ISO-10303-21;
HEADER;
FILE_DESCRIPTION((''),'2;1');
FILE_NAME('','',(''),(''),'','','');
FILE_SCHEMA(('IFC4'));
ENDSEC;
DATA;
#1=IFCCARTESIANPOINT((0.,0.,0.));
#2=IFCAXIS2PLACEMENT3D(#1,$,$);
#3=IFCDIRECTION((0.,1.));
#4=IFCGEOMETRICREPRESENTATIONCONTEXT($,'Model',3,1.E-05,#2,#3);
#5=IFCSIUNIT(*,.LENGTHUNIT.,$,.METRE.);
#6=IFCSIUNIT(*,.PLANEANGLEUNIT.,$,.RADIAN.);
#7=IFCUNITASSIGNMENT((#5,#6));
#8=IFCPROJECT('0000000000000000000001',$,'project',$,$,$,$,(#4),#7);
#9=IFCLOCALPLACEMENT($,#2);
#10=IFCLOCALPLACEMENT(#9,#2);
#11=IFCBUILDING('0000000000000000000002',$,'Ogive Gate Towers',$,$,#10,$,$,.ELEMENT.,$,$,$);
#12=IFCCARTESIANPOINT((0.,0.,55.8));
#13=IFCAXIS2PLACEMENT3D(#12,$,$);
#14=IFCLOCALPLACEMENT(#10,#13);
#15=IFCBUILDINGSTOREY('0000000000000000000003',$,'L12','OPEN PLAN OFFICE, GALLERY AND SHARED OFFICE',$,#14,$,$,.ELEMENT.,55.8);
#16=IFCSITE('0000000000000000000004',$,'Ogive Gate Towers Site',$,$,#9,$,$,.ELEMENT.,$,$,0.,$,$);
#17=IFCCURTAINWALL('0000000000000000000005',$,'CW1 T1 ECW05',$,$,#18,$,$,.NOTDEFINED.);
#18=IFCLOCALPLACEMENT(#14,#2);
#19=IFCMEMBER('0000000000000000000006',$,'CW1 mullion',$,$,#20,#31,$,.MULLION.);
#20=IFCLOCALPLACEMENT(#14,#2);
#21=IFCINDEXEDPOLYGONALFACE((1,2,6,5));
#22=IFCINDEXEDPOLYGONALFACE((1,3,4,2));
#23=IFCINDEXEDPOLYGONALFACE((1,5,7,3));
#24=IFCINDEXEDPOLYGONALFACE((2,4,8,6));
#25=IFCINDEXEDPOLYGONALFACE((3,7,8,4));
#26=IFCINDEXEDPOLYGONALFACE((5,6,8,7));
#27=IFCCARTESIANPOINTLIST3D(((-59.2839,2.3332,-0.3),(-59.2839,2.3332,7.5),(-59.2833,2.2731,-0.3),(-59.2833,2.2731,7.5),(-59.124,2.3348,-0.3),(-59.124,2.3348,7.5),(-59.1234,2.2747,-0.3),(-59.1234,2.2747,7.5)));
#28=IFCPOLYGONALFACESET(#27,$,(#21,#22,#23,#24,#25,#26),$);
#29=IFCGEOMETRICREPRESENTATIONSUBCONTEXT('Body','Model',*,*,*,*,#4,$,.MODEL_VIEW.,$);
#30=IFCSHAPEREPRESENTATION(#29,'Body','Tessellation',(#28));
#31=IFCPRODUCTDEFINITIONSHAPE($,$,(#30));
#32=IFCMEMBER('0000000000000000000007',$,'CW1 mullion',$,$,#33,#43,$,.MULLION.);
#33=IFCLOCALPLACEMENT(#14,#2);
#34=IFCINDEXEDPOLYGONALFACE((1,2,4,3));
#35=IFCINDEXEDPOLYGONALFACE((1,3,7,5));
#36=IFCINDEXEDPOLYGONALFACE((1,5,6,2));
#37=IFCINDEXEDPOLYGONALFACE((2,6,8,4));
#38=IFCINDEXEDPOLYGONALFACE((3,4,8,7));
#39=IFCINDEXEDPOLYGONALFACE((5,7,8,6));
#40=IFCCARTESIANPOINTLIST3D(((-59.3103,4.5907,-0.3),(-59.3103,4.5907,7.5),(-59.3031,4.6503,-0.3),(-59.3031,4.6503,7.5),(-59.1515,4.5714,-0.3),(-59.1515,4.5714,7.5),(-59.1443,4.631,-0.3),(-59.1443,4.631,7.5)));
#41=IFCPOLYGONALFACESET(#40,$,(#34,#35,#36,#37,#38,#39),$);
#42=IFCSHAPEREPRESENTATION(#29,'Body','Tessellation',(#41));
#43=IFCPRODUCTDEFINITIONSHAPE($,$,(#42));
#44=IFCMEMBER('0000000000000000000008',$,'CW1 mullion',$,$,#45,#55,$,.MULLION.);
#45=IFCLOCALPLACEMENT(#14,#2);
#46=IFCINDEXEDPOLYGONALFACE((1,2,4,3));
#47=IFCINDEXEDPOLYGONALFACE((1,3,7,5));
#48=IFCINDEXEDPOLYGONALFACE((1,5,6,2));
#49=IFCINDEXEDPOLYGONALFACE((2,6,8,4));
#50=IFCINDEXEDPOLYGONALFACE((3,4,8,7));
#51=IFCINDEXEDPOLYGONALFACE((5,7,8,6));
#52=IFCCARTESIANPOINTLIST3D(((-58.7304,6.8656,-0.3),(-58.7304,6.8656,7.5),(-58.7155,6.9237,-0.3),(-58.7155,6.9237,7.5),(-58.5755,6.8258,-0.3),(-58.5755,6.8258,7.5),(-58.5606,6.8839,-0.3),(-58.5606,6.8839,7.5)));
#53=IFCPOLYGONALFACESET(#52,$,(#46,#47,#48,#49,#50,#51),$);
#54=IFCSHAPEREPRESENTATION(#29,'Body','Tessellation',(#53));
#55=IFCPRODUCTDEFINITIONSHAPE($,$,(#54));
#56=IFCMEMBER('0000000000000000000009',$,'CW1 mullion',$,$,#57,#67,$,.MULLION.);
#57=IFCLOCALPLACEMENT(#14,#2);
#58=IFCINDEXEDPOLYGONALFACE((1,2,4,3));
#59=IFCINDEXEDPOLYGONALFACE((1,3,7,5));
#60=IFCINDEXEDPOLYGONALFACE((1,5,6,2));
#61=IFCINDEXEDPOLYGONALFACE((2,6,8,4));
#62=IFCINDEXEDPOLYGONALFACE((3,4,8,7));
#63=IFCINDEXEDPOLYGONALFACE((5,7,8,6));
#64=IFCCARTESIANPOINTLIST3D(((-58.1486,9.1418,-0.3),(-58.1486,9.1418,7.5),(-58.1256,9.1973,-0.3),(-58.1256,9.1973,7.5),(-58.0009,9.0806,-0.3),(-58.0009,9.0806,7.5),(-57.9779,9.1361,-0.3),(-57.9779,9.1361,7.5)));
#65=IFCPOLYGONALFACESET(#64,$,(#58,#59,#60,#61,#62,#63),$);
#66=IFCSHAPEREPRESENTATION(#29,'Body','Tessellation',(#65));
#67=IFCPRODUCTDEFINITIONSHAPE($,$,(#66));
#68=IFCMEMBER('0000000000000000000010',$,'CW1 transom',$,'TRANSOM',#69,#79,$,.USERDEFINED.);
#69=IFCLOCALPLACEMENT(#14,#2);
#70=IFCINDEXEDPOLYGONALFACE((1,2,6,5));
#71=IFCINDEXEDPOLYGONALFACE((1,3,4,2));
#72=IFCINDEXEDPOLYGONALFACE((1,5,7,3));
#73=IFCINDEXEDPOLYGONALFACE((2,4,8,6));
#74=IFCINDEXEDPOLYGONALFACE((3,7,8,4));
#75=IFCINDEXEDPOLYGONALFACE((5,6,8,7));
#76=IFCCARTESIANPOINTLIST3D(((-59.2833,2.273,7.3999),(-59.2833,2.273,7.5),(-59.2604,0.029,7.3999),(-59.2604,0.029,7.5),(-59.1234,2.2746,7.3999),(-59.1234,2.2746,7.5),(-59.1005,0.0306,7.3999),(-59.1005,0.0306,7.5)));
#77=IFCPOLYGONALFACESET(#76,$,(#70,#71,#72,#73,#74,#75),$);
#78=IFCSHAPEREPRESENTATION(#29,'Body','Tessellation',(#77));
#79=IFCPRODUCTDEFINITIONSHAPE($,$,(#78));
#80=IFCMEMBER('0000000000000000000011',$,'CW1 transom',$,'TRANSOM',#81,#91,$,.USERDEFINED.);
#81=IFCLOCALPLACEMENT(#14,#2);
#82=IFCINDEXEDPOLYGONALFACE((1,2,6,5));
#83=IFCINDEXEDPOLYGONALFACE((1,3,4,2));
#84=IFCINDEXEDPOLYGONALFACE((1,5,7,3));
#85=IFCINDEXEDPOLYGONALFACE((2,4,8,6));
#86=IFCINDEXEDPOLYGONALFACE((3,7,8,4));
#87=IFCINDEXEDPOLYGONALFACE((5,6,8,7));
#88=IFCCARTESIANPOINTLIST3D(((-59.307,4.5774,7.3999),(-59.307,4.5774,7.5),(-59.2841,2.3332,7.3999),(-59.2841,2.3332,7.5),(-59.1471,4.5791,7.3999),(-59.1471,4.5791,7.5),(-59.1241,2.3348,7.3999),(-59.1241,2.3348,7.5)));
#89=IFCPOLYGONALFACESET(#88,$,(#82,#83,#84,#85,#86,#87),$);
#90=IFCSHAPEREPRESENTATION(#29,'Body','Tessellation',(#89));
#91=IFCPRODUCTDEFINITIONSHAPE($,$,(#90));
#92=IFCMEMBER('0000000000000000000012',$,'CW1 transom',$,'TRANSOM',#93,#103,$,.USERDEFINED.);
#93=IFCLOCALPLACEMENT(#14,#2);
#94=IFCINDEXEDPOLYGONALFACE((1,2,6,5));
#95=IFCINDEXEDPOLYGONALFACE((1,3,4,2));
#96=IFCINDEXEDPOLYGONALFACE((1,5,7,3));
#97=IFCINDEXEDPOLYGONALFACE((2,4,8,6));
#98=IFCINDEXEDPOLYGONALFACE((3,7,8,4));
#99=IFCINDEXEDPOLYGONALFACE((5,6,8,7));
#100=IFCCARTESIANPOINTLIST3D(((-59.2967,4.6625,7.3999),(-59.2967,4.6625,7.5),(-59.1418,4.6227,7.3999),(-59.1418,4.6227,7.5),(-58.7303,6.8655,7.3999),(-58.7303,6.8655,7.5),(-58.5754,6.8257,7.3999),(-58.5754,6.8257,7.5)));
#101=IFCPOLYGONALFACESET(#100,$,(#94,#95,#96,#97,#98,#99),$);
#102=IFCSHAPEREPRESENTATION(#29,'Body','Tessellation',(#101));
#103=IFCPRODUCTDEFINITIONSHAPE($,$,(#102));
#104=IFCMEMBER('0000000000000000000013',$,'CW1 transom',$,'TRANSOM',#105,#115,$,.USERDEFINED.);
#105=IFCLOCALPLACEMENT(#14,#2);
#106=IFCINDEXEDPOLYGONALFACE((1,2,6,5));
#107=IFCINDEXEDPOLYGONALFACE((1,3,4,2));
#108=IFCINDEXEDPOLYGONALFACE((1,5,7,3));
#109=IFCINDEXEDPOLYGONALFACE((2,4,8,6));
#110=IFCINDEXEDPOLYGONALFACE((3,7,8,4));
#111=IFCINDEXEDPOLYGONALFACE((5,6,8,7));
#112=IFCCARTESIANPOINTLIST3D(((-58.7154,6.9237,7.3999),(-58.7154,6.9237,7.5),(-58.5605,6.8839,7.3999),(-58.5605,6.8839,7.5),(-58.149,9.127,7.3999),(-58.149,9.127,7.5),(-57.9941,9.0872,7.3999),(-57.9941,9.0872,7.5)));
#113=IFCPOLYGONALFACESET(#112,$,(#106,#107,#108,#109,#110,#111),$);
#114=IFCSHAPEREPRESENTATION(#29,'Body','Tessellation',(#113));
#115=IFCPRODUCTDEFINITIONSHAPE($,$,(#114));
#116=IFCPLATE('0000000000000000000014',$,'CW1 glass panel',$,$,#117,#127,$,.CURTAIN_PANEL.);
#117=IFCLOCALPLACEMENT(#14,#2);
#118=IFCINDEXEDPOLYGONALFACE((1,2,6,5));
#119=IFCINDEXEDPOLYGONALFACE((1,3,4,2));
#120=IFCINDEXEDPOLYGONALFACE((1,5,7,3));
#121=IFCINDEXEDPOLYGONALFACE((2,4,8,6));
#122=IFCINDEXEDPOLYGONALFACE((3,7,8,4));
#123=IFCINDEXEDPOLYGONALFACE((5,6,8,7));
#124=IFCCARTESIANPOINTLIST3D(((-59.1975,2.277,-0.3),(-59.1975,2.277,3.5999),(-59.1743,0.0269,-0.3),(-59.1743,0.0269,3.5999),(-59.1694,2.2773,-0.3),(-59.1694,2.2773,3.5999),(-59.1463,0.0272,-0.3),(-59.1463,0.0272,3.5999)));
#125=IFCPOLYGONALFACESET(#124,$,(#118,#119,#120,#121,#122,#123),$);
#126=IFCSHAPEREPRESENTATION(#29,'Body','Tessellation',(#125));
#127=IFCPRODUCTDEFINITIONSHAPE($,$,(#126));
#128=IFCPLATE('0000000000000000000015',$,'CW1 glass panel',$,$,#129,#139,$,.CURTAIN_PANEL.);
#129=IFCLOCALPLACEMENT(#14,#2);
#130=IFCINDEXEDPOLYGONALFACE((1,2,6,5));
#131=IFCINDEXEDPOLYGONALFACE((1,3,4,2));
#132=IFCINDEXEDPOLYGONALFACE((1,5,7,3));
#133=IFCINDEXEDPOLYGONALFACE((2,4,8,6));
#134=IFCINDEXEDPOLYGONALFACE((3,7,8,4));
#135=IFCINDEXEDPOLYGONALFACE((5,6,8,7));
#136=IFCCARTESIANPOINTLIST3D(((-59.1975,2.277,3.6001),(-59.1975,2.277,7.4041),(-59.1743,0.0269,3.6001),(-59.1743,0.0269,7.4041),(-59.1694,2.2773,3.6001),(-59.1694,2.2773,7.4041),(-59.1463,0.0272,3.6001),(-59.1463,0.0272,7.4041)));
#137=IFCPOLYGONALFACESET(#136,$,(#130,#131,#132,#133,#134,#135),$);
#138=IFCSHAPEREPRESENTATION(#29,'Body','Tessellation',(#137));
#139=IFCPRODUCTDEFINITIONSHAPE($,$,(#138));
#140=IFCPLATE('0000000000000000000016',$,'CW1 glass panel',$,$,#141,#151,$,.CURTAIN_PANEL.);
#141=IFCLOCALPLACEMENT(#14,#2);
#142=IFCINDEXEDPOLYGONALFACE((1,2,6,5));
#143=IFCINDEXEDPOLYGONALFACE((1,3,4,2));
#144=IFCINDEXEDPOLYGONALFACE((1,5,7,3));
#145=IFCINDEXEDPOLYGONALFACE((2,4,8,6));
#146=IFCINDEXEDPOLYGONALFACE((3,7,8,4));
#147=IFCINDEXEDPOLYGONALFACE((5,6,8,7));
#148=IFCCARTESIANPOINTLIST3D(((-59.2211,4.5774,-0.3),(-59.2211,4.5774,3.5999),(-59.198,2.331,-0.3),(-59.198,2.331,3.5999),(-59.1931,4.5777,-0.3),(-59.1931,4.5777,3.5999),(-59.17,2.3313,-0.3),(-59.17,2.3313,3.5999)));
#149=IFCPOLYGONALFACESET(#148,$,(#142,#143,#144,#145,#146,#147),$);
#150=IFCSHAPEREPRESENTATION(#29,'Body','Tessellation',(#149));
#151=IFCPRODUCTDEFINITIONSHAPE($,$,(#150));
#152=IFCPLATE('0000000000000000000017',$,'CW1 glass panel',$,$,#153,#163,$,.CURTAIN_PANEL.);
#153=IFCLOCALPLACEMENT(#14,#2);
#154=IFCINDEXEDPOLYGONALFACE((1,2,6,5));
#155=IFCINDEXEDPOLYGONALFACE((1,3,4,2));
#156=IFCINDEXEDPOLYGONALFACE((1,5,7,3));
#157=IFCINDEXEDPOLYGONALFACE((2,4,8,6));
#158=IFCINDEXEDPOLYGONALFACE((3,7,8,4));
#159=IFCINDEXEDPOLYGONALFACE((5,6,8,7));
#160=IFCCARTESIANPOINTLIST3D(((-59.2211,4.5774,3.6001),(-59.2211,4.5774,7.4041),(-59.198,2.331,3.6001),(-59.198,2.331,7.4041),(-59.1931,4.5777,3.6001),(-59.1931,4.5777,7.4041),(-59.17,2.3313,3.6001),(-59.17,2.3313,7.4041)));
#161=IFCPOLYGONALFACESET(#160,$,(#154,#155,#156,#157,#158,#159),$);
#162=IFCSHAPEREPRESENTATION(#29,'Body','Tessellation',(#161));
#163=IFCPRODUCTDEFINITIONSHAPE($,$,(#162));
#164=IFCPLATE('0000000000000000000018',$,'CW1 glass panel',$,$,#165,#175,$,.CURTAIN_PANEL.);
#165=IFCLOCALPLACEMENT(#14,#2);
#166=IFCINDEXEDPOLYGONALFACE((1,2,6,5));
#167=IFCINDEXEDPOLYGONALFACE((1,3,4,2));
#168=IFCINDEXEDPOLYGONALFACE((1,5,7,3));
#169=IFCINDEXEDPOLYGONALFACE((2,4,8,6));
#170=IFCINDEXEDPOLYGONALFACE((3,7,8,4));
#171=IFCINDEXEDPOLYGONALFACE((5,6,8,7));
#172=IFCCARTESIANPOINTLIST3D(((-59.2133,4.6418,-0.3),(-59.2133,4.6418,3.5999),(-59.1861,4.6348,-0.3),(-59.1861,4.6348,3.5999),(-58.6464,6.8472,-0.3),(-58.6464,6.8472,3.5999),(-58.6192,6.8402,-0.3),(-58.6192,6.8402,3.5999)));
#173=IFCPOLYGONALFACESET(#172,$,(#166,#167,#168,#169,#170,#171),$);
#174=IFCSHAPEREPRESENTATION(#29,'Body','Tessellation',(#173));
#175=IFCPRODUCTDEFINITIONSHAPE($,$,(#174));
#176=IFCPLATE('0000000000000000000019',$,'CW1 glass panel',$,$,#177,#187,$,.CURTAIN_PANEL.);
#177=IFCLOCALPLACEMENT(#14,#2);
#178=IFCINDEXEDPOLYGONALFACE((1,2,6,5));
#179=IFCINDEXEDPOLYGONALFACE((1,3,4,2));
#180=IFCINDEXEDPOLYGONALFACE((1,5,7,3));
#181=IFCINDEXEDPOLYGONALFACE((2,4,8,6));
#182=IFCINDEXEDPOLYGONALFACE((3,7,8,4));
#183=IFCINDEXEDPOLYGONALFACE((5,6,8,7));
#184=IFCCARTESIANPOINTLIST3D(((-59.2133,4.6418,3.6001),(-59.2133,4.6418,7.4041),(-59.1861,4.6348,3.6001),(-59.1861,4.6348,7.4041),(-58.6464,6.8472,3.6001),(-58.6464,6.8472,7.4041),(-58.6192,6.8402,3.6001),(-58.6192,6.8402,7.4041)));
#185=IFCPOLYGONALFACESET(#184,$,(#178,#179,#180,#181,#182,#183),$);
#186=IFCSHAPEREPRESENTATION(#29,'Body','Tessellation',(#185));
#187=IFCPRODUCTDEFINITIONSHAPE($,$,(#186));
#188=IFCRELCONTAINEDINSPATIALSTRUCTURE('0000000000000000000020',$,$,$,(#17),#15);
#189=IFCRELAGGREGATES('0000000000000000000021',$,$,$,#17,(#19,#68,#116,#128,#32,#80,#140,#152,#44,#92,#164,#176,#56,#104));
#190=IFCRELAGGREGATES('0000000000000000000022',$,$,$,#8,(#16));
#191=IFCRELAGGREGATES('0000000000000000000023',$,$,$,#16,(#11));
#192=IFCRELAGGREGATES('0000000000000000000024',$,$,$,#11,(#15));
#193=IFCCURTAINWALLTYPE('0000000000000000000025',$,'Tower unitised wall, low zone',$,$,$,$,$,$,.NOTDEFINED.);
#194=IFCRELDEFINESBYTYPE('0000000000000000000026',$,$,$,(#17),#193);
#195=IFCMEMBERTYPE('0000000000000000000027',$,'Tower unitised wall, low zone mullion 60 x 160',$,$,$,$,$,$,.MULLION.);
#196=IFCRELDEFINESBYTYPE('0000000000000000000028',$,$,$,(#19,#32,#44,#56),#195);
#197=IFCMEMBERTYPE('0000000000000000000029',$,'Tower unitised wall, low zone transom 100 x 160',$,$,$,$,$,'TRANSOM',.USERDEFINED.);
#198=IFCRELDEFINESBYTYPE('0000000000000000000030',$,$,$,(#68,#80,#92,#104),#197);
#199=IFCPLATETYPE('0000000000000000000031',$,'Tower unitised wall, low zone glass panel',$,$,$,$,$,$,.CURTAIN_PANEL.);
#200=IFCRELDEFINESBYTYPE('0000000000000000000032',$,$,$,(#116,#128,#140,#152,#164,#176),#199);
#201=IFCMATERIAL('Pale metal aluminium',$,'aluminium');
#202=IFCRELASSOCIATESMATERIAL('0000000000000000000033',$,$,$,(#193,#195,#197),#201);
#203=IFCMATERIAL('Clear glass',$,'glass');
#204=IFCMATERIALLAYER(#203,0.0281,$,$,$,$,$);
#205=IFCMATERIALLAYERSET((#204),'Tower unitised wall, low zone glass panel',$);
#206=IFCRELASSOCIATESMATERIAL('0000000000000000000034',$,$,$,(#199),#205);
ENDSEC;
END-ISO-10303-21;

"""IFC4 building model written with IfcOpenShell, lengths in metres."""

from ifc_helpers import new_model, si_unit, direction, frame, origin, origin_2d, place, context, subcontext, project, spatial, rectangle, extrude, material, layer, layer_set, material_profile, profile_set, type_object, element, aggregate, save


model = new_model("IFC4")

# Units and contexts
model_context = context("Model", 3, precision=1e-05, world=origin(), true_north=direction((0.0, 1.0)))
body_context = subcontext(model_context, "Body", "Model", "MODEL_VIEW")
ifc_project = project(units=[si_unit("LENGTHUNIT", "METRE"), si_unit("PLANEANGLEUNIT", "RADIAN")], contexts=[model_context])

# Site, building, storey
site_placement = place(None, origin())
site = spatial("IfcSite", under=ifc_project, at=site_placement, Name="Ogive Gate Towers Site", CompositionType="ELEMENT", RefElevation=0.0)
building_placement = place(site_placement, origin())
building = spatial("IfcBuilding", under=site, at=building_placement, Name="Ogive Gate Towers", CompositionType="ELEMENT")
storey_placement = place(building_placement, frame((0.0, 0.0, 55.8)))
storey = spatial("IfcBuildingStorey", under=building, at=storey_placement, Name="L12", Description="OPEN PLAN OFFICE, GALLERY AND SHARED OFFICE", CompositionType="ELEMENT", Elevation=55.8)

# Curtain wall, members, plates
ifc_material_1 = material(Name="Pale metal aluminium", Category="aluminium")
curtain_wall_type = type_object("IfcCurtainWallType", Name="Tower unitised wall, low zone", PredefinedType="NOTDEFINED", material=ifc_material_1)
curtain_wall_placement = place(storey_placement, origin())
curtain_wall = element("IfcCurtainWall", 1, at=curtain_wall_placement, inside=storey, type_object=curtain_wall_type, Name="CW1 T1 ECW05", PredefinedType="NOTDEFINED")
ifc_material_profile_1 = material_profile(ifc_material_1, rectangle(XDim=0.1599, YDim=0.0601, at=origin_2d()), Name="60 x 160 aluminium box")
ifc_profile_set_1 = profile_set([ifc_material_profile_1], Name="Pale metal aluminium")
member_type_1 = type_object("IfcMemberType", Name="Tower unitised wall, low zone mullion 60 x 160", PredefinedType="MULLION", material=ifc_profile_set_1)
member_1_placement = place(storey_placement, frame((-59.2036, 2.304, -0.3), z_axis=(0.0, 0.0, 1.0), x_axis=(0.999947, 0.01028, 0.0)))
member_1 = element("IfcMember", 2, at=member_1_placement, type_object=member_type_1, Name="CW1 mullion", PredefinedType="MULLION", context=body_context, shape_type="SweptSolid", body=[
    extrude(rectangle(XDim=0.1599, YDim=0.0601, at=origin_2d()), origin(), (0.0, 0.0, 1.0), 7.8),
])
member_2_placement = place(storey_placement, frame((-59.2273, 4.6108, -0.3), z_axis=(0.0, 0.0, 1.0), x_axis=(0.992728, -0.120379, 0.0)))
member_2 = element("IfcMember", 3, at=member_2_placement, type_object=member_type_1, Name="CW1 mullion", PredefinedType="MULLION", context=body_context, shape_type="SweptSolid", body=[
    extrude(rectangle(XDim=0.1599, YDim=0.0601, at=origin_2d()), origin(), (0.0, 0.0, 1.0), 7.8),
])
member_3_placement = place(storey_placement, frame((-58.6455, 6.8748, -0.3), z_axis=(0.0, 0.0, 1.0), x_axis=(0.968509, -0.248977, 0.0)))
member_3 = element("IfcMember", 4, at=member_3_placement, type_object=member_type_1, Name="CW1 mullion", PredefinedType="MULLION", context=body_context, shape_type="SweptSolid", body=[
    extrude(rectangle(XDim=0.1599, YDim=0.0601, at=origin_2d()), origin(), (0.0, 0.0, 1.0), 7.8),
])
member_4_placement = place(storey_placement, frame((-58.0632, 9.1389, -0.3), z_axis=(0.0, 0.0, 1.0), x_axis=(0.92388, -0.382683, 0.0)))
member_4 = element("IfcMember", 5, at=member_4_placement, type_object=member_type_1, Name="CW1 mullion", PredefinedType="MULLION", context=body_context, shape_type="SweptSolid", body=[
    extrude(rectangle(XDim=0.1599, YDim=0.0601, at=origin_2d()), origin(), (0.0, 0.0, 1.0), 7.8),
])
ifc_material_profile_2 = material_profile(ifc_material_1, rectangle(XDim=0.1599, YDim=0.1001, at=origin_2d()), Name="100 x 160 aluminium box")
ifc_profile_set_2 = profile_set([ifc_material_profile_2], Name="Pale metal aluminium")
member_type_2 = type_object("IfcMemberType", Name="Tower unitised wall, low zone transom 100 x 160", ElementType="TRANSOM", PredefinedType="USERDEFINED", material=ifc_profile_set_2)
member_5_placement = place(storey_placement, frame((-59.1804, 0.0298, 7.45), z_axis=(-0.010226, 0.999948, 0.0), x_axis=(-0.999948, -0.010226, 0.0)))
member_5 = element("IfcMember", 6, at=member_5_placement, type_object=member_type_2, Name="CW1 transom", ObjectType="TRANSOM", PredefinedType="USERDEFINED", context=body_context, shape_type="SweptSolid", body=[
    extrude(rectangle(XDim=0.1599, YDim=0.1001, at=origin_2d()), origin(), (0.0, 0.0, 1.0), 2.2441),
])
member_6_placement = place(storey_placement, frame((-59.2041, 2.334, 7.45), z_axis=(-0.010225, 0.999948, 0.0), x_axis=(-0.999948, -0.010225, 0.0)))
member_6 = element("IfcMember", 7, at=member_6_placement, type_object=member_type_2, Name="CW1 transom", ObjectType="TRANSOM", PredefinedType="USERDEFINED", context=body_context, shape_type="SweptSolid", body=[
    extrude(rectangle(XDim=0.1599, YDim=0.1001, at=origin_2d()), origin(), (0.0, 0.0, 1.0), 2.2444),
])
member_7_placement = place(storey_placement, frame((-59.2192, 4.6426, 7.45), z_axis=(0.248995, 0.968505, 0.0), x_axis=(-0.968505, 0.248995, 0.0)))
member_7 = element("IfcMember", 8, at=member_7_placement, type_object=member_type_2, Name="CW1 transom", ObjectType="TRANSOM", PredefinedType="USERDEFINED", context=body_context, shape_type="SweptSolid", body=[
    extrude(rectangle(XDim=0.1599, YDim=0.1001, at=origin_2d()), origin(), (0.0, 0.0, 1.0), 2.2747),
])
member_8_placement = place(storey_placement, frame((-58.6379, 6.9038, 7.45), z_axis=(0.248969, 0.968511, 0.0), x_axis=(-0.968511, 0.248969, 0.0)))
member_8 = element("IfcMember", 9, at=member_8_placement, type_object=member_type_2, Name="CW1 transom", ObjectType="TRANSOM", PredefinedType="USERDEFINED", context=body_context, shape_type="SweptSolid", body=[
    extrude(rectangle(XDim=0.1599, YDim=0.1001, at=origin_2d()), origin(), (0.0, 0.0, 1.0), 2.2749),
])
ifc_material_2 = material(Name="Clear glass", Category="glass")
ifc_layer_1 = layer(ifc_material_2, 0.0281)
ifc_layer_set_1 = layer_set([ifc_layer_1], Name="Tower unitised wall, low zone glass panel")
plate_type = type_object("IfcPlateType", Name="Tower unitised wall, low zone glass panel", PredefinedType="CURTAIN_PANEL", material=ifc_layer_set_1)
plate_1_placement = place(storey_placement, frame((-59.1719, 1.1521, -0.3), z_axis=(0.0, 0.0, 1.0), x_axis=(-0.01028, 0.999947, 0.0)))
plate_1 = element("IfcPlate", 10, at=plate_1_placement, type_object=plate_type, Name="CW1 glass panel", PredefinedType="CURTAIN_PANEL", context=body_context, shape_type="SweptSolid", body=[
    extrude(rectangle(XDim=2.2502, YDim=0.0281, at=origin_2d()), origin(), (0.0, 0.0, 1.0), 3.8999),
])
plate_2_placement = place(storey_placement, frame((-59.1719, 1.1521, 3.6001), z_axis=(0.0, 0.0, 1.0), x_axis=(-0.01028, 0.999947, 0.0)))
plate_2 = element("IfcPlate", 11, at=plate_2_placement, type_object=plate_type, Name="CW1 glass panel", PredefinedType="CURTAIN_PANEL", context=body_context, shape_type="SweptSolid", body=[
    extrude(rectangle(XDim=2.2502, YDim=0.0281, at=origin_2d()), origin(), (0.0, 0.0, 1.0), 3.804),
])
plate_3_placement = place(storey_placement, frame((-59.1956, 3.4543, -0.3), z_axis=(0.0, 0.0, 1.0), x_axis=(-0.01028, 0.999947, 0.0)))
plate_3 = element("IfcPlate", 12, at=plate_3_placement, type_object=plate_type, Name="CW1 glass panel", PredefinedType="CURTAIN_PANEL", context=body_context, shape_type="SweptSolid", body=[
    extrude(rectangle(XDim=2.2466, YDim=0.0281, at=origin_2d()), origin(), (0.0, 0.0, 1.0), 3.8999),
])
plate_4_placement = place(storey_placement, frame((-59.1956, 3.4543, 3.6001), z_axis=(0.0, 0.0, 1.0), x_axis=(-0.01028, 0.999947, 0.0)))
plate_4 = element("IfcPlate", 13, at=plate_4_placement, type_object=plate_type, Name="CW1 glass panel", PredefinedType="CURTAIN_PANEL", context=body_context, shape_type="SweptSolid", body=[
    extrude(rectangle(XDim=2.2466, YDim=0.0281, at=origin_2d()), origin(), (0.0, 0.0, 1.0), 3.804),
])
plate_5_placement = place(storey_placement, frame((-58.9163, 5.741, -0.3), z_axis=(0.0, 0.0, 1.0), x_axis=(0.248977, 0.968509, 0.0)))
plate_5 = element("IfcPlate", 14, at=plate_5_placement, type_object=plate_type, Name="CW1 glass panel", PredefinedType="CURTAIN_PANEL", context=body_context, shape_type="SweptSolid", body=[
    extrude(rectangle(XDim=2.2771, YDim=0.0281, at=origin_2d()), origin(), (0.0, 0.0, 1.0), 3.8999),
])
plate_6_placement = place(storey_placement, frame((-58.9163, 5.741, 3.6001), z_axis=(0.0, 0.0, 1.0), x_axis=(0.248977, 0.968509, 0.0)))
plate_6 = element("IfcPlate", 15, at=plate_6_placement, type_object=plate_type, Name="CW1 glass panel", PredefinedType="CURTAIN_PANEL", context=body_context, shape_type="SweptSolid", body=[
    extrude(rectangle(XDim=2.2771, YDim=0.0281, at=origin_2d()), origin(), (0.0, 0.0, 1.0), 3.804),
])
aggregate(curtain_wall, [member_1, member_5, plate_1, plate_2, member_2, member_6, plate_3, plate_4, member_3, member_7, plate_5, plate_6, member_4, member_8])

save(model, "model.ifc")
